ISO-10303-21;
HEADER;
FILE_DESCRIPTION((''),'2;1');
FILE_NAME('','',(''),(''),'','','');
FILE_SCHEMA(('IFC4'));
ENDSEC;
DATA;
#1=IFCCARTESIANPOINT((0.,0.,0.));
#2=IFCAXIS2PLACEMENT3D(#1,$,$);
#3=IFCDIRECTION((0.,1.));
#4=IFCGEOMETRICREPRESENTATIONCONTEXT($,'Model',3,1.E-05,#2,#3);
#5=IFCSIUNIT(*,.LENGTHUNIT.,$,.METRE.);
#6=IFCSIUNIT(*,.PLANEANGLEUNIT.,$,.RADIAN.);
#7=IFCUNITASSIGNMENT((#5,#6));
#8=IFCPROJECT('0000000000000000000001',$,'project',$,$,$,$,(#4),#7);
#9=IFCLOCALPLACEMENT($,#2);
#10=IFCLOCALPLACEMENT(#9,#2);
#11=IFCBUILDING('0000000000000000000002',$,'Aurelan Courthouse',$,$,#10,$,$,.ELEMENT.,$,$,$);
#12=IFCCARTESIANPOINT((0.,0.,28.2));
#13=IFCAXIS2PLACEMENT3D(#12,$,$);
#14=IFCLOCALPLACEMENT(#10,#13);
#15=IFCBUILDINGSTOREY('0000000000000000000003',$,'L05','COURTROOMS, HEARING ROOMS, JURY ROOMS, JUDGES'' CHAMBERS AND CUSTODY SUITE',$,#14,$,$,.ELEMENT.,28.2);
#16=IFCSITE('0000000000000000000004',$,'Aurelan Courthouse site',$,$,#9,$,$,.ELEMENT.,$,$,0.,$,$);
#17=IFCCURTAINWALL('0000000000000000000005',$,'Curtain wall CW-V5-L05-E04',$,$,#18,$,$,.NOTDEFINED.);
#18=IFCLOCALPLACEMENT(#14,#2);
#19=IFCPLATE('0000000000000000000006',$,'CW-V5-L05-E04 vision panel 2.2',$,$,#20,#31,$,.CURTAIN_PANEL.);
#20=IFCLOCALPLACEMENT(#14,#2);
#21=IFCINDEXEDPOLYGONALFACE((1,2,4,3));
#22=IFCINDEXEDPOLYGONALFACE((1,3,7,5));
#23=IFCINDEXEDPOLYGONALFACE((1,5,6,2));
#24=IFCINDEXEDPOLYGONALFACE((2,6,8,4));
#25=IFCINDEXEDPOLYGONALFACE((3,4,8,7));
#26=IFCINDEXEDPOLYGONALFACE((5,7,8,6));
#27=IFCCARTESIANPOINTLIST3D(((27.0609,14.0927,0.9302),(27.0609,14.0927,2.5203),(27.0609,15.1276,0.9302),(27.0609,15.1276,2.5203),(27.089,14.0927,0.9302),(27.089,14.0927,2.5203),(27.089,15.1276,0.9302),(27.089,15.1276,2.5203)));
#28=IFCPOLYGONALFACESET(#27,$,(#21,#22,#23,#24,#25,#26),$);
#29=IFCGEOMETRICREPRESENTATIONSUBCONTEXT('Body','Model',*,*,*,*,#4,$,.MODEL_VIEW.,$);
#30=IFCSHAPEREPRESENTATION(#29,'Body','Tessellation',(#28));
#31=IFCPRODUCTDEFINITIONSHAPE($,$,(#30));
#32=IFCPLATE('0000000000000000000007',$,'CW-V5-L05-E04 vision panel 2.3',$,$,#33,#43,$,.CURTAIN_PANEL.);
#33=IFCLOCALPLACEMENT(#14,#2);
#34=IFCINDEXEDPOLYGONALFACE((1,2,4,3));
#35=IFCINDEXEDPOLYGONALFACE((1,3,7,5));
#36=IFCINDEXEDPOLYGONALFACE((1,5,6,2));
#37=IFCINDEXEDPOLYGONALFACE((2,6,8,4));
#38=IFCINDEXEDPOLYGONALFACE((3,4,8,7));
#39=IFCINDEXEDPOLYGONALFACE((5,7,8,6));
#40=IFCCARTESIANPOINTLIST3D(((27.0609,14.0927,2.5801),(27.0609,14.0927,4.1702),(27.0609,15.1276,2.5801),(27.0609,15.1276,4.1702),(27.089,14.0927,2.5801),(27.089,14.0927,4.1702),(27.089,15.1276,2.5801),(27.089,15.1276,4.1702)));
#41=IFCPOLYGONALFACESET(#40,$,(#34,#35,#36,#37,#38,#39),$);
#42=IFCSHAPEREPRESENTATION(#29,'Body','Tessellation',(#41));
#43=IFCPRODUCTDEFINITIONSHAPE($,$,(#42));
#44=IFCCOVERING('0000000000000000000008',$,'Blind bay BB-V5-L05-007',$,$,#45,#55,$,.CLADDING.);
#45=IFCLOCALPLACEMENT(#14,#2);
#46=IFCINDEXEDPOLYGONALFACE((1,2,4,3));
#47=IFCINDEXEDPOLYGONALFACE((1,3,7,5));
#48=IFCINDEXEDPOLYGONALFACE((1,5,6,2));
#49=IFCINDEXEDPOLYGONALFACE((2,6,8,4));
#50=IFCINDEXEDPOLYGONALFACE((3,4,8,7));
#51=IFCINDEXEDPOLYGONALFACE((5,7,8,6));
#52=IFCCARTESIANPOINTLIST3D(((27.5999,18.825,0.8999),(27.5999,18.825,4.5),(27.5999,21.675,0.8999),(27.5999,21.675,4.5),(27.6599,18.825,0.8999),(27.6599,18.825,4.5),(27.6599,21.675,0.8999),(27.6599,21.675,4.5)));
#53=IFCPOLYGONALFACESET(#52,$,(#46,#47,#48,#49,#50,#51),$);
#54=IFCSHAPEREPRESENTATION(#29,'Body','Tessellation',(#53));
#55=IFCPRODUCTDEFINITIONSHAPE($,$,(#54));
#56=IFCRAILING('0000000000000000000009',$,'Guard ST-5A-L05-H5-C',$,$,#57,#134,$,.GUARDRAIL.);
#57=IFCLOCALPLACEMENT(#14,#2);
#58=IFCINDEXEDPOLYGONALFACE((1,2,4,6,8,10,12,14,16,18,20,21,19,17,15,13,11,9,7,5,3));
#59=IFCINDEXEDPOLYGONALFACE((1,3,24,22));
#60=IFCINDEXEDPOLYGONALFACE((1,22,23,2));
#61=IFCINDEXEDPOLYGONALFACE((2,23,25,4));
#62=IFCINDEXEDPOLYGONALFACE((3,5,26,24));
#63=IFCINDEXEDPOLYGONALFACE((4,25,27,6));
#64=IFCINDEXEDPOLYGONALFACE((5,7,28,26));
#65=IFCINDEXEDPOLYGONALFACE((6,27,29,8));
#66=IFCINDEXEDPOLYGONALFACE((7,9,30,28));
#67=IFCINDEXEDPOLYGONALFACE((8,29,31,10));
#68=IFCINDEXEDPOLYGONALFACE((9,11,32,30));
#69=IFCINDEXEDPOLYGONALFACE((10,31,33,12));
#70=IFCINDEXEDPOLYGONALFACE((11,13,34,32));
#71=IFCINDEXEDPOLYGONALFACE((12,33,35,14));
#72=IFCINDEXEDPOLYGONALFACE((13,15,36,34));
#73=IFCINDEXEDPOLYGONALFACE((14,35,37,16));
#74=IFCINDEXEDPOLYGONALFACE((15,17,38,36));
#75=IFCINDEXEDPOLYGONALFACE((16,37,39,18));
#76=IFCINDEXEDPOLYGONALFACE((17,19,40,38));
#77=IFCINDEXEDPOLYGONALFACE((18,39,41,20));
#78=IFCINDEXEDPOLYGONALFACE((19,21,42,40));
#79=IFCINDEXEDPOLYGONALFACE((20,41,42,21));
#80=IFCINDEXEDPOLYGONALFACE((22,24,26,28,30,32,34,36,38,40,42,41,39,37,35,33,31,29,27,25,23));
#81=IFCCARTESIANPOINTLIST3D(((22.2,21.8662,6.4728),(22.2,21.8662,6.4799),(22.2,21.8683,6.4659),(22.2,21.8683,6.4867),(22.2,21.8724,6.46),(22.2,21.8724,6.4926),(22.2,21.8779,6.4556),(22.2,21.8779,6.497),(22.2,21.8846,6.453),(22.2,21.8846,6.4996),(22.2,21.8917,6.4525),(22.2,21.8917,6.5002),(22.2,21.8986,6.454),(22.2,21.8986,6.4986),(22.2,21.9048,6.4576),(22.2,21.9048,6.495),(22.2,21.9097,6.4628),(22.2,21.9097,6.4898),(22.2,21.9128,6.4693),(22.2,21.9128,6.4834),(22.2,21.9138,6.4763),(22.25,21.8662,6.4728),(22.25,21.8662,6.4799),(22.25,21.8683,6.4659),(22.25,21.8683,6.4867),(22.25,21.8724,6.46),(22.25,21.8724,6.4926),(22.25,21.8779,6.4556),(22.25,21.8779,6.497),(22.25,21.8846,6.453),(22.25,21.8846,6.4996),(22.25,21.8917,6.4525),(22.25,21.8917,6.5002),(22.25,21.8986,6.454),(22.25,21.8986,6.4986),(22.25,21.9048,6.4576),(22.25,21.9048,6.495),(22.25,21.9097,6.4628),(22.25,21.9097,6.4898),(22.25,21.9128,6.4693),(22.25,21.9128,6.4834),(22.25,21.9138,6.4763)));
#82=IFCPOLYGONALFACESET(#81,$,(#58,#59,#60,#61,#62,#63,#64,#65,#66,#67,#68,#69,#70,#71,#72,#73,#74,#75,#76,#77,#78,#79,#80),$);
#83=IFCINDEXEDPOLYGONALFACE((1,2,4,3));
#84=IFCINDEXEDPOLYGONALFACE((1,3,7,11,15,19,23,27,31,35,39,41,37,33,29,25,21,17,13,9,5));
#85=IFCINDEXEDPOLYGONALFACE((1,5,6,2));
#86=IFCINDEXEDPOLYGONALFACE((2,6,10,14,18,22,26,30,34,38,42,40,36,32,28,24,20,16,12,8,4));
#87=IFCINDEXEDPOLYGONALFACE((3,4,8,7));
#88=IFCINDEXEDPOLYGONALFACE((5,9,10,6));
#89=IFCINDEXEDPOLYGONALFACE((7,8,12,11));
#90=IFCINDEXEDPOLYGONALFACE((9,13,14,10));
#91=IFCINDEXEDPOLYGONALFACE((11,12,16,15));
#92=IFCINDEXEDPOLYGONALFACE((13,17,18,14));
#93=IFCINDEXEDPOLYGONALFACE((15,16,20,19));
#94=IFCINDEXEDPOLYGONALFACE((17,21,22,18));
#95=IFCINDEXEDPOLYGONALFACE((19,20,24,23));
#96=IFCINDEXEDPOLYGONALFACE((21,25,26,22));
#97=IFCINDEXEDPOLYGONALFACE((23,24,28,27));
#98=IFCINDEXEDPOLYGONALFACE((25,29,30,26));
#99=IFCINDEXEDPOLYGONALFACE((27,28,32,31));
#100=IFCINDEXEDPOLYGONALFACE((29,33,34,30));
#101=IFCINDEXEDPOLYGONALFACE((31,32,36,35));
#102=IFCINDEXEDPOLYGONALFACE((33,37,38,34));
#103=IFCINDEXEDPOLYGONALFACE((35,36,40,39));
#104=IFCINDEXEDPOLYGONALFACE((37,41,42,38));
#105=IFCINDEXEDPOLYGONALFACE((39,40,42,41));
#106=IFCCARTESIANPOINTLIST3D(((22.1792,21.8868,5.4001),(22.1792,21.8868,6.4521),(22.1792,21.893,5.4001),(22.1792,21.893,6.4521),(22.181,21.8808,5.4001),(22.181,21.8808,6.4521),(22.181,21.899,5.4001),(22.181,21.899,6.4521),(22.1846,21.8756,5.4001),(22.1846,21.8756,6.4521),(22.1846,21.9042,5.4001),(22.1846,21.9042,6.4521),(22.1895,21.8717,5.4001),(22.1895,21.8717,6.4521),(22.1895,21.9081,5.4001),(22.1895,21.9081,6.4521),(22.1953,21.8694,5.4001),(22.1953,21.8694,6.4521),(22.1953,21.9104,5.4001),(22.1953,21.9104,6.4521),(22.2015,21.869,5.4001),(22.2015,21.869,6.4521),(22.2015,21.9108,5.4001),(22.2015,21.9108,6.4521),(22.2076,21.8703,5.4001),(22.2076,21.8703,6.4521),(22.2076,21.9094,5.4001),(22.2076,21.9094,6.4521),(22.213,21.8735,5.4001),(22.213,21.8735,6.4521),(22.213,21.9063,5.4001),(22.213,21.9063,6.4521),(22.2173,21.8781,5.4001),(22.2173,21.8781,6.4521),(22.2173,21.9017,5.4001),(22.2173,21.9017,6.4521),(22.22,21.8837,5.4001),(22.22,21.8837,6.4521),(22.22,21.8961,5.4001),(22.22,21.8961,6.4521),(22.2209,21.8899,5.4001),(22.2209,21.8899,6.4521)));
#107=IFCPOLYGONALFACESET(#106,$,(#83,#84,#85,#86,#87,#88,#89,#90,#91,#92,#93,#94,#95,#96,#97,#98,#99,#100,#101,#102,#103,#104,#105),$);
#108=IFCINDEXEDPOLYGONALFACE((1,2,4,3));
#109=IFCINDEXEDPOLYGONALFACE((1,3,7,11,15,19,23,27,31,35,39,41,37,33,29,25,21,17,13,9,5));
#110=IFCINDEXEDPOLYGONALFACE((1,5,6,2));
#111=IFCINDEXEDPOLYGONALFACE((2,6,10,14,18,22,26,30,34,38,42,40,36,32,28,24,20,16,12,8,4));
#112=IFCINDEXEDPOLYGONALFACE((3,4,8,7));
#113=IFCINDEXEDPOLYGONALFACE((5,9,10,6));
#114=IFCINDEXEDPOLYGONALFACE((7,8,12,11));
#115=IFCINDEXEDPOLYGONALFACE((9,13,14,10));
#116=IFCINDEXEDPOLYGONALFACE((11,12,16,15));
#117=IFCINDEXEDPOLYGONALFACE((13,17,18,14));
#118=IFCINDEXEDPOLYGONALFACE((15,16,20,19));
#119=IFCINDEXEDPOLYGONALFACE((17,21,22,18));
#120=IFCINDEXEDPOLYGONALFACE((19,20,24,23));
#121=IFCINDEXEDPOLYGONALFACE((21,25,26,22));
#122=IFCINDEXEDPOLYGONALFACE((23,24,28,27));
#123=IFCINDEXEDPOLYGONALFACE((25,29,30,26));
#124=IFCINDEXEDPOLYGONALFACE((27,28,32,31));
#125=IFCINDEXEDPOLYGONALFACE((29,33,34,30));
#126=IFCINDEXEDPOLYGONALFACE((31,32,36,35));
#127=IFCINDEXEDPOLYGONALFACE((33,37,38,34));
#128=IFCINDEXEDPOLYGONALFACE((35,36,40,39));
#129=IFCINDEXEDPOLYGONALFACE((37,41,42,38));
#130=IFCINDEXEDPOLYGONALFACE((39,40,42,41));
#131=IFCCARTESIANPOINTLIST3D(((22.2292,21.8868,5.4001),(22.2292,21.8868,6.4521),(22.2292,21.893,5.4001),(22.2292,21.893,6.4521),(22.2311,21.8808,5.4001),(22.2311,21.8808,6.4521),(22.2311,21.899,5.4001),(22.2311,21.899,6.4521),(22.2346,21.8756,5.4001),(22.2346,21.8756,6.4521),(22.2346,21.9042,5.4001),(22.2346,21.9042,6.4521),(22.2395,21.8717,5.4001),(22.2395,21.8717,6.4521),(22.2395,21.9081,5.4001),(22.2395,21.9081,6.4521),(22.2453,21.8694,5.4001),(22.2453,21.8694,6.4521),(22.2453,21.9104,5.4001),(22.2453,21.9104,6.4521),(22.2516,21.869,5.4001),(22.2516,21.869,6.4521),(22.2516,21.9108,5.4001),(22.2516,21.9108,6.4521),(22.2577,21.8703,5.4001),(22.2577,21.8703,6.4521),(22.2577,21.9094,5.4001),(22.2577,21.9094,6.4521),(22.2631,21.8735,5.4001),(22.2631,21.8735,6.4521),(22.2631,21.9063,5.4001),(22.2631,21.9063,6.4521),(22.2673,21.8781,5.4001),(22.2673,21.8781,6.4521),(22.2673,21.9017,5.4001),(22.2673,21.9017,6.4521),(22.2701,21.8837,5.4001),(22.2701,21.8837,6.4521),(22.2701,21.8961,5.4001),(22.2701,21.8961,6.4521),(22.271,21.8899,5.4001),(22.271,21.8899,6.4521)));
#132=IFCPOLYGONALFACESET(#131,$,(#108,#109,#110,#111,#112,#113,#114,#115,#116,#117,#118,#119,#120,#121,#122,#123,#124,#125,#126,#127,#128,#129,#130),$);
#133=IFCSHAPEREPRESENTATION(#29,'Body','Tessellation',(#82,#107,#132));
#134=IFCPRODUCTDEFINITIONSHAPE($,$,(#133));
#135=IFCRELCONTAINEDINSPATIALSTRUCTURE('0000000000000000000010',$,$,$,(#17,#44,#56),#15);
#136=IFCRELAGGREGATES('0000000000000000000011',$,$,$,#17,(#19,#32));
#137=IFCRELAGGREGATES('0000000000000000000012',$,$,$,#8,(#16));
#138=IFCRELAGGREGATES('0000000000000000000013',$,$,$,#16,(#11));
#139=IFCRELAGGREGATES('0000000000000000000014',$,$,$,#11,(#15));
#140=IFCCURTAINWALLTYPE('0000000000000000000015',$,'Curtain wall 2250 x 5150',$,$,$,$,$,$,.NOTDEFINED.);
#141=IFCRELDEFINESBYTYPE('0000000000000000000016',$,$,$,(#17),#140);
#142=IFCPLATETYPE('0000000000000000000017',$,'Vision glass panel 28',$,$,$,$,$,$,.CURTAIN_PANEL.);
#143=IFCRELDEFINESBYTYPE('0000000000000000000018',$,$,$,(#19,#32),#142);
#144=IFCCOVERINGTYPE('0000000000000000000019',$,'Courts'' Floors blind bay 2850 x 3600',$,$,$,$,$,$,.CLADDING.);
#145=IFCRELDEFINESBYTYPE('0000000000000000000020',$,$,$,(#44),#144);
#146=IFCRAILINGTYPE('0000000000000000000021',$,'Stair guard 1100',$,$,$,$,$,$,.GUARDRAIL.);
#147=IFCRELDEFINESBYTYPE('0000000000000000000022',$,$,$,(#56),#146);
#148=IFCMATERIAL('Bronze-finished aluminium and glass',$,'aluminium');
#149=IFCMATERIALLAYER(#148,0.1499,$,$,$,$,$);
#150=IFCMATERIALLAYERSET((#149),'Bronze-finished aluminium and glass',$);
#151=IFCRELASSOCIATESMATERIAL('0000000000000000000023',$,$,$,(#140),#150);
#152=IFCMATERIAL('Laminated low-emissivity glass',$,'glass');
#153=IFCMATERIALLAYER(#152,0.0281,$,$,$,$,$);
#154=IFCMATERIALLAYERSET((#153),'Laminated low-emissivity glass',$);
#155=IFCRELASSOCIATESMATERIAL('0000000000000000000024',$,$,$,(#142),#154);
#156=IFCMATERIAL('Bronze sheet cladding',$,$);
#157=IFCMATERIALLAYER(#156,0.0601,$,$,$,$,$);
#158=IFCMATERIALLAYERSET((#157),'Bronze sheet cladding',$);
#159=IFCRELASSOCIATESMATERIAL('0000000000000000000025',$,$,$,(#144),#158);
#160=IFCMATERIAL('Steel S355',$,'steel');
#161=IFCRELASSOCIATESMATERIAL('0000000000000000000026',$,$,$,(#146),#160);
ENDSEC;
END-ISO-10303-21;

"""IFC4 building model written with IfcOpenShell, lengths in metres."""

from ifc_helpers import new_model, si_unit, direction, frame, origin, origin_2d, place, context, subcontext, project, spatial, rectangle, circle, extrude, material, layer, layer_set, type_object, element, aggregate, save


model = new_model("IFC4")

# Units and contexts
model_context = context("Model", 3, precision=1e-05, world=origin(), true_north=direction((0.0, 1.0)))
body_context = subcontext(model_context, "Body", "Model", "MODEL_VIEW")
ifc_project = project(units=[si_unit("LENGTHUNIT", "METRE"), si_unit("PLANEANGLEUNIT", "RADIAN")], contexts=[model_context])

# Site, building, storey
site_placement = place(None, origin())
site = spatial("IfcSite", under=ifc_project, at=site_placement, Name="Aurelan Courthouse site", CompositionType="ELEMENT", RefElevation=0.0)
building_placement = place(site_placement, origin())
building = spatial("IfcBuilding", under=site, at=building_placement, Name="Aurelan Courthouse", CompositionType="ELEMENT")
storey_placement = place(building_placement, frame((0.0, 0.0, 28.2)))
storey = spatial("IfcBuildingStorey", under=building, at=storey_placement, Name="L05", Description="COURTROOMS, HEARING ROOMS, JURY ROOMS, JUDGES' CHAMBERS AND CUSTODY SUITE", CompositionType="ELEMENT", Elevation=28.2)

# Curtain wall, plates
ifc_material_1 = material(Name="Bronze-finished aluminium and glass", Category="aluminium")
ifc_layer_1 = layer(ifc_material_1, 0.1499)
ifc_layer_set_1 = layer_set([ifc_layer_1], Name="Bronze-finished aluminium and glass")
curtain_wall_type = type_object("IfcCurtainWallType", Name="Curtain wall 2250 x 5150", PredefinedType="NOTDEFINED", material=ifc_layer_set_1)
curtain_wall_placement = place(storey_placement, origin())
curtain_wall = element("IfcCurtainWall", 1, at=curtain_wall_placement, inside=storey, type_object=curtain_wall_type, Name="Curtain wall CW-V5-L05-E04", PredefinedType="NOTDEFINED")
ifc_material_2 = material(Name="Laminated low-emissivity glass", Category="glass")
ifc_layer_2 = layer(ifc_material_2, 0.0281)
ifc_layer_set_2 = layer_set([ifc_layer_2], Name="Laminated low-emissivity glass")
plate_type_1 = type_object("IfcPlateType", Name="Vision glass panel 28", PredefinedType="CURTAIN_PANEL", material=ifc_layer_set_2)
plate_1_placement = place(storey_placement, frame((27.075, 14.6101, 0.9302), z_axis=(0.0, 0.0, 1.0), x_axis=(0.0, 1.0, 0.0)))
plate_1 = element("IfcPlate", 2, at=plate_1_placement, type_object=plate_type_1, Name="CW-V5-L05-E04 vision panel 2.2", PredefinedType="CURTAIN_PANEL", context=body_context, shape_type="SweptSolid", body=[
    extrude(rectangle(XDim=1.0349, YDim=0.0281, at=origin_2d()), origin(), (0.0, 0.0, 1.0), 1.5901),
])
plate_2_placement = place(storey_placement, frame((27.075, 14.6101, 2.5801), z_axis=(0.0, 0.0, 1.0), x_axis=(0.0, 1.0, 0.0)))
plate_2 = element("IfcPlate", 3, at=plate_2_placement, type_object=plate_type_1, Name="CW-V5-L05-E04 vision panel 2.3", PredefinedType="CURTAIN_PANEL", context=body_context, shape_type="SweptSolid", body=[
    extrude(rectangle(XDim=1.0349, YDim=0.0281, at=origin_2d()), origin(), (0.0, 0.0, 1.0), 1.5901),
])
aggregate(curtain_wall, [plate_1, plate_2])

# Covering
ifc_material_3 = material(Name="Bronze sheet cladding")
ifc_layer_3 = layer(ifc_material_3, 0.0601)
ifc_layer_set_3 = layer_set([ifc_layer_3], Name="Bronze sheet cladding")
covering_type = type_object("IfcCoveringType", Name="Courts' Floors blind bay 2850 x 3600", PredefinedType="CLADDING", material=ifc_layer_set_3)
covering_placement = place(storey_placement, frame((27.6299, 20.25, 0.8999), z_axis=(0.0, 0.0, 1.0), x_axis=(1.0, 0.0, 0.0)))
element("IfcCovering", 4, at=covering_placement, inside=storey, type_object=covering_type, Name="Blind bay BB-V5-L05-007", PredefinedType="CLADDING", context=body_context, shape_type="SweptSolid", body=[
    extrude(rectangle(XDim=0.0601, YDim=2.8501, at=origin_2d()), origin(), (0.0, 0.0, 1.0), 3.6001),
])

# Railing
ifc_material_4 = material(Name="Steel S355", Category="steel")
railing_type_1 = type_object("IfcRailingType", Name="Stair guard 1100", PredefinedType="GUARDRAIL", material=ifc_material_4)
railing_placement = place(storey_placement, frame((22.2, 21.8899, 5.4001)))
element("IfcRailing", 5, at=railing_placement, inside=storey, type_object=railing_type_1, Name="Guard ST-5A-L05-H5-C", PredefinedType="GUARDRAIL", context=body_context, shape_type="SweptSolid", body=[
    extrude(circle(Radius=0.0239, at=origin_2d()), frame((0.0, 0.0, 1.0762), z_axis=(1.0, 0.0, 0.0), x_axis=(0.0, 1.0, 0.0)), (0.0, 0.0, 1.0), 0.05),
    extrude(circle(Radius=0.021, at=origin_2d()), origin(), (0.0, 0.0, 1.0), 1.052),
    extrude(circle(Radius=0.021, at=origin_2d()), frame((0.05, 0.0, 0.0)), (0.0, 0.0, 1.0), 1.052),
])

save(model, "model.ifc")
